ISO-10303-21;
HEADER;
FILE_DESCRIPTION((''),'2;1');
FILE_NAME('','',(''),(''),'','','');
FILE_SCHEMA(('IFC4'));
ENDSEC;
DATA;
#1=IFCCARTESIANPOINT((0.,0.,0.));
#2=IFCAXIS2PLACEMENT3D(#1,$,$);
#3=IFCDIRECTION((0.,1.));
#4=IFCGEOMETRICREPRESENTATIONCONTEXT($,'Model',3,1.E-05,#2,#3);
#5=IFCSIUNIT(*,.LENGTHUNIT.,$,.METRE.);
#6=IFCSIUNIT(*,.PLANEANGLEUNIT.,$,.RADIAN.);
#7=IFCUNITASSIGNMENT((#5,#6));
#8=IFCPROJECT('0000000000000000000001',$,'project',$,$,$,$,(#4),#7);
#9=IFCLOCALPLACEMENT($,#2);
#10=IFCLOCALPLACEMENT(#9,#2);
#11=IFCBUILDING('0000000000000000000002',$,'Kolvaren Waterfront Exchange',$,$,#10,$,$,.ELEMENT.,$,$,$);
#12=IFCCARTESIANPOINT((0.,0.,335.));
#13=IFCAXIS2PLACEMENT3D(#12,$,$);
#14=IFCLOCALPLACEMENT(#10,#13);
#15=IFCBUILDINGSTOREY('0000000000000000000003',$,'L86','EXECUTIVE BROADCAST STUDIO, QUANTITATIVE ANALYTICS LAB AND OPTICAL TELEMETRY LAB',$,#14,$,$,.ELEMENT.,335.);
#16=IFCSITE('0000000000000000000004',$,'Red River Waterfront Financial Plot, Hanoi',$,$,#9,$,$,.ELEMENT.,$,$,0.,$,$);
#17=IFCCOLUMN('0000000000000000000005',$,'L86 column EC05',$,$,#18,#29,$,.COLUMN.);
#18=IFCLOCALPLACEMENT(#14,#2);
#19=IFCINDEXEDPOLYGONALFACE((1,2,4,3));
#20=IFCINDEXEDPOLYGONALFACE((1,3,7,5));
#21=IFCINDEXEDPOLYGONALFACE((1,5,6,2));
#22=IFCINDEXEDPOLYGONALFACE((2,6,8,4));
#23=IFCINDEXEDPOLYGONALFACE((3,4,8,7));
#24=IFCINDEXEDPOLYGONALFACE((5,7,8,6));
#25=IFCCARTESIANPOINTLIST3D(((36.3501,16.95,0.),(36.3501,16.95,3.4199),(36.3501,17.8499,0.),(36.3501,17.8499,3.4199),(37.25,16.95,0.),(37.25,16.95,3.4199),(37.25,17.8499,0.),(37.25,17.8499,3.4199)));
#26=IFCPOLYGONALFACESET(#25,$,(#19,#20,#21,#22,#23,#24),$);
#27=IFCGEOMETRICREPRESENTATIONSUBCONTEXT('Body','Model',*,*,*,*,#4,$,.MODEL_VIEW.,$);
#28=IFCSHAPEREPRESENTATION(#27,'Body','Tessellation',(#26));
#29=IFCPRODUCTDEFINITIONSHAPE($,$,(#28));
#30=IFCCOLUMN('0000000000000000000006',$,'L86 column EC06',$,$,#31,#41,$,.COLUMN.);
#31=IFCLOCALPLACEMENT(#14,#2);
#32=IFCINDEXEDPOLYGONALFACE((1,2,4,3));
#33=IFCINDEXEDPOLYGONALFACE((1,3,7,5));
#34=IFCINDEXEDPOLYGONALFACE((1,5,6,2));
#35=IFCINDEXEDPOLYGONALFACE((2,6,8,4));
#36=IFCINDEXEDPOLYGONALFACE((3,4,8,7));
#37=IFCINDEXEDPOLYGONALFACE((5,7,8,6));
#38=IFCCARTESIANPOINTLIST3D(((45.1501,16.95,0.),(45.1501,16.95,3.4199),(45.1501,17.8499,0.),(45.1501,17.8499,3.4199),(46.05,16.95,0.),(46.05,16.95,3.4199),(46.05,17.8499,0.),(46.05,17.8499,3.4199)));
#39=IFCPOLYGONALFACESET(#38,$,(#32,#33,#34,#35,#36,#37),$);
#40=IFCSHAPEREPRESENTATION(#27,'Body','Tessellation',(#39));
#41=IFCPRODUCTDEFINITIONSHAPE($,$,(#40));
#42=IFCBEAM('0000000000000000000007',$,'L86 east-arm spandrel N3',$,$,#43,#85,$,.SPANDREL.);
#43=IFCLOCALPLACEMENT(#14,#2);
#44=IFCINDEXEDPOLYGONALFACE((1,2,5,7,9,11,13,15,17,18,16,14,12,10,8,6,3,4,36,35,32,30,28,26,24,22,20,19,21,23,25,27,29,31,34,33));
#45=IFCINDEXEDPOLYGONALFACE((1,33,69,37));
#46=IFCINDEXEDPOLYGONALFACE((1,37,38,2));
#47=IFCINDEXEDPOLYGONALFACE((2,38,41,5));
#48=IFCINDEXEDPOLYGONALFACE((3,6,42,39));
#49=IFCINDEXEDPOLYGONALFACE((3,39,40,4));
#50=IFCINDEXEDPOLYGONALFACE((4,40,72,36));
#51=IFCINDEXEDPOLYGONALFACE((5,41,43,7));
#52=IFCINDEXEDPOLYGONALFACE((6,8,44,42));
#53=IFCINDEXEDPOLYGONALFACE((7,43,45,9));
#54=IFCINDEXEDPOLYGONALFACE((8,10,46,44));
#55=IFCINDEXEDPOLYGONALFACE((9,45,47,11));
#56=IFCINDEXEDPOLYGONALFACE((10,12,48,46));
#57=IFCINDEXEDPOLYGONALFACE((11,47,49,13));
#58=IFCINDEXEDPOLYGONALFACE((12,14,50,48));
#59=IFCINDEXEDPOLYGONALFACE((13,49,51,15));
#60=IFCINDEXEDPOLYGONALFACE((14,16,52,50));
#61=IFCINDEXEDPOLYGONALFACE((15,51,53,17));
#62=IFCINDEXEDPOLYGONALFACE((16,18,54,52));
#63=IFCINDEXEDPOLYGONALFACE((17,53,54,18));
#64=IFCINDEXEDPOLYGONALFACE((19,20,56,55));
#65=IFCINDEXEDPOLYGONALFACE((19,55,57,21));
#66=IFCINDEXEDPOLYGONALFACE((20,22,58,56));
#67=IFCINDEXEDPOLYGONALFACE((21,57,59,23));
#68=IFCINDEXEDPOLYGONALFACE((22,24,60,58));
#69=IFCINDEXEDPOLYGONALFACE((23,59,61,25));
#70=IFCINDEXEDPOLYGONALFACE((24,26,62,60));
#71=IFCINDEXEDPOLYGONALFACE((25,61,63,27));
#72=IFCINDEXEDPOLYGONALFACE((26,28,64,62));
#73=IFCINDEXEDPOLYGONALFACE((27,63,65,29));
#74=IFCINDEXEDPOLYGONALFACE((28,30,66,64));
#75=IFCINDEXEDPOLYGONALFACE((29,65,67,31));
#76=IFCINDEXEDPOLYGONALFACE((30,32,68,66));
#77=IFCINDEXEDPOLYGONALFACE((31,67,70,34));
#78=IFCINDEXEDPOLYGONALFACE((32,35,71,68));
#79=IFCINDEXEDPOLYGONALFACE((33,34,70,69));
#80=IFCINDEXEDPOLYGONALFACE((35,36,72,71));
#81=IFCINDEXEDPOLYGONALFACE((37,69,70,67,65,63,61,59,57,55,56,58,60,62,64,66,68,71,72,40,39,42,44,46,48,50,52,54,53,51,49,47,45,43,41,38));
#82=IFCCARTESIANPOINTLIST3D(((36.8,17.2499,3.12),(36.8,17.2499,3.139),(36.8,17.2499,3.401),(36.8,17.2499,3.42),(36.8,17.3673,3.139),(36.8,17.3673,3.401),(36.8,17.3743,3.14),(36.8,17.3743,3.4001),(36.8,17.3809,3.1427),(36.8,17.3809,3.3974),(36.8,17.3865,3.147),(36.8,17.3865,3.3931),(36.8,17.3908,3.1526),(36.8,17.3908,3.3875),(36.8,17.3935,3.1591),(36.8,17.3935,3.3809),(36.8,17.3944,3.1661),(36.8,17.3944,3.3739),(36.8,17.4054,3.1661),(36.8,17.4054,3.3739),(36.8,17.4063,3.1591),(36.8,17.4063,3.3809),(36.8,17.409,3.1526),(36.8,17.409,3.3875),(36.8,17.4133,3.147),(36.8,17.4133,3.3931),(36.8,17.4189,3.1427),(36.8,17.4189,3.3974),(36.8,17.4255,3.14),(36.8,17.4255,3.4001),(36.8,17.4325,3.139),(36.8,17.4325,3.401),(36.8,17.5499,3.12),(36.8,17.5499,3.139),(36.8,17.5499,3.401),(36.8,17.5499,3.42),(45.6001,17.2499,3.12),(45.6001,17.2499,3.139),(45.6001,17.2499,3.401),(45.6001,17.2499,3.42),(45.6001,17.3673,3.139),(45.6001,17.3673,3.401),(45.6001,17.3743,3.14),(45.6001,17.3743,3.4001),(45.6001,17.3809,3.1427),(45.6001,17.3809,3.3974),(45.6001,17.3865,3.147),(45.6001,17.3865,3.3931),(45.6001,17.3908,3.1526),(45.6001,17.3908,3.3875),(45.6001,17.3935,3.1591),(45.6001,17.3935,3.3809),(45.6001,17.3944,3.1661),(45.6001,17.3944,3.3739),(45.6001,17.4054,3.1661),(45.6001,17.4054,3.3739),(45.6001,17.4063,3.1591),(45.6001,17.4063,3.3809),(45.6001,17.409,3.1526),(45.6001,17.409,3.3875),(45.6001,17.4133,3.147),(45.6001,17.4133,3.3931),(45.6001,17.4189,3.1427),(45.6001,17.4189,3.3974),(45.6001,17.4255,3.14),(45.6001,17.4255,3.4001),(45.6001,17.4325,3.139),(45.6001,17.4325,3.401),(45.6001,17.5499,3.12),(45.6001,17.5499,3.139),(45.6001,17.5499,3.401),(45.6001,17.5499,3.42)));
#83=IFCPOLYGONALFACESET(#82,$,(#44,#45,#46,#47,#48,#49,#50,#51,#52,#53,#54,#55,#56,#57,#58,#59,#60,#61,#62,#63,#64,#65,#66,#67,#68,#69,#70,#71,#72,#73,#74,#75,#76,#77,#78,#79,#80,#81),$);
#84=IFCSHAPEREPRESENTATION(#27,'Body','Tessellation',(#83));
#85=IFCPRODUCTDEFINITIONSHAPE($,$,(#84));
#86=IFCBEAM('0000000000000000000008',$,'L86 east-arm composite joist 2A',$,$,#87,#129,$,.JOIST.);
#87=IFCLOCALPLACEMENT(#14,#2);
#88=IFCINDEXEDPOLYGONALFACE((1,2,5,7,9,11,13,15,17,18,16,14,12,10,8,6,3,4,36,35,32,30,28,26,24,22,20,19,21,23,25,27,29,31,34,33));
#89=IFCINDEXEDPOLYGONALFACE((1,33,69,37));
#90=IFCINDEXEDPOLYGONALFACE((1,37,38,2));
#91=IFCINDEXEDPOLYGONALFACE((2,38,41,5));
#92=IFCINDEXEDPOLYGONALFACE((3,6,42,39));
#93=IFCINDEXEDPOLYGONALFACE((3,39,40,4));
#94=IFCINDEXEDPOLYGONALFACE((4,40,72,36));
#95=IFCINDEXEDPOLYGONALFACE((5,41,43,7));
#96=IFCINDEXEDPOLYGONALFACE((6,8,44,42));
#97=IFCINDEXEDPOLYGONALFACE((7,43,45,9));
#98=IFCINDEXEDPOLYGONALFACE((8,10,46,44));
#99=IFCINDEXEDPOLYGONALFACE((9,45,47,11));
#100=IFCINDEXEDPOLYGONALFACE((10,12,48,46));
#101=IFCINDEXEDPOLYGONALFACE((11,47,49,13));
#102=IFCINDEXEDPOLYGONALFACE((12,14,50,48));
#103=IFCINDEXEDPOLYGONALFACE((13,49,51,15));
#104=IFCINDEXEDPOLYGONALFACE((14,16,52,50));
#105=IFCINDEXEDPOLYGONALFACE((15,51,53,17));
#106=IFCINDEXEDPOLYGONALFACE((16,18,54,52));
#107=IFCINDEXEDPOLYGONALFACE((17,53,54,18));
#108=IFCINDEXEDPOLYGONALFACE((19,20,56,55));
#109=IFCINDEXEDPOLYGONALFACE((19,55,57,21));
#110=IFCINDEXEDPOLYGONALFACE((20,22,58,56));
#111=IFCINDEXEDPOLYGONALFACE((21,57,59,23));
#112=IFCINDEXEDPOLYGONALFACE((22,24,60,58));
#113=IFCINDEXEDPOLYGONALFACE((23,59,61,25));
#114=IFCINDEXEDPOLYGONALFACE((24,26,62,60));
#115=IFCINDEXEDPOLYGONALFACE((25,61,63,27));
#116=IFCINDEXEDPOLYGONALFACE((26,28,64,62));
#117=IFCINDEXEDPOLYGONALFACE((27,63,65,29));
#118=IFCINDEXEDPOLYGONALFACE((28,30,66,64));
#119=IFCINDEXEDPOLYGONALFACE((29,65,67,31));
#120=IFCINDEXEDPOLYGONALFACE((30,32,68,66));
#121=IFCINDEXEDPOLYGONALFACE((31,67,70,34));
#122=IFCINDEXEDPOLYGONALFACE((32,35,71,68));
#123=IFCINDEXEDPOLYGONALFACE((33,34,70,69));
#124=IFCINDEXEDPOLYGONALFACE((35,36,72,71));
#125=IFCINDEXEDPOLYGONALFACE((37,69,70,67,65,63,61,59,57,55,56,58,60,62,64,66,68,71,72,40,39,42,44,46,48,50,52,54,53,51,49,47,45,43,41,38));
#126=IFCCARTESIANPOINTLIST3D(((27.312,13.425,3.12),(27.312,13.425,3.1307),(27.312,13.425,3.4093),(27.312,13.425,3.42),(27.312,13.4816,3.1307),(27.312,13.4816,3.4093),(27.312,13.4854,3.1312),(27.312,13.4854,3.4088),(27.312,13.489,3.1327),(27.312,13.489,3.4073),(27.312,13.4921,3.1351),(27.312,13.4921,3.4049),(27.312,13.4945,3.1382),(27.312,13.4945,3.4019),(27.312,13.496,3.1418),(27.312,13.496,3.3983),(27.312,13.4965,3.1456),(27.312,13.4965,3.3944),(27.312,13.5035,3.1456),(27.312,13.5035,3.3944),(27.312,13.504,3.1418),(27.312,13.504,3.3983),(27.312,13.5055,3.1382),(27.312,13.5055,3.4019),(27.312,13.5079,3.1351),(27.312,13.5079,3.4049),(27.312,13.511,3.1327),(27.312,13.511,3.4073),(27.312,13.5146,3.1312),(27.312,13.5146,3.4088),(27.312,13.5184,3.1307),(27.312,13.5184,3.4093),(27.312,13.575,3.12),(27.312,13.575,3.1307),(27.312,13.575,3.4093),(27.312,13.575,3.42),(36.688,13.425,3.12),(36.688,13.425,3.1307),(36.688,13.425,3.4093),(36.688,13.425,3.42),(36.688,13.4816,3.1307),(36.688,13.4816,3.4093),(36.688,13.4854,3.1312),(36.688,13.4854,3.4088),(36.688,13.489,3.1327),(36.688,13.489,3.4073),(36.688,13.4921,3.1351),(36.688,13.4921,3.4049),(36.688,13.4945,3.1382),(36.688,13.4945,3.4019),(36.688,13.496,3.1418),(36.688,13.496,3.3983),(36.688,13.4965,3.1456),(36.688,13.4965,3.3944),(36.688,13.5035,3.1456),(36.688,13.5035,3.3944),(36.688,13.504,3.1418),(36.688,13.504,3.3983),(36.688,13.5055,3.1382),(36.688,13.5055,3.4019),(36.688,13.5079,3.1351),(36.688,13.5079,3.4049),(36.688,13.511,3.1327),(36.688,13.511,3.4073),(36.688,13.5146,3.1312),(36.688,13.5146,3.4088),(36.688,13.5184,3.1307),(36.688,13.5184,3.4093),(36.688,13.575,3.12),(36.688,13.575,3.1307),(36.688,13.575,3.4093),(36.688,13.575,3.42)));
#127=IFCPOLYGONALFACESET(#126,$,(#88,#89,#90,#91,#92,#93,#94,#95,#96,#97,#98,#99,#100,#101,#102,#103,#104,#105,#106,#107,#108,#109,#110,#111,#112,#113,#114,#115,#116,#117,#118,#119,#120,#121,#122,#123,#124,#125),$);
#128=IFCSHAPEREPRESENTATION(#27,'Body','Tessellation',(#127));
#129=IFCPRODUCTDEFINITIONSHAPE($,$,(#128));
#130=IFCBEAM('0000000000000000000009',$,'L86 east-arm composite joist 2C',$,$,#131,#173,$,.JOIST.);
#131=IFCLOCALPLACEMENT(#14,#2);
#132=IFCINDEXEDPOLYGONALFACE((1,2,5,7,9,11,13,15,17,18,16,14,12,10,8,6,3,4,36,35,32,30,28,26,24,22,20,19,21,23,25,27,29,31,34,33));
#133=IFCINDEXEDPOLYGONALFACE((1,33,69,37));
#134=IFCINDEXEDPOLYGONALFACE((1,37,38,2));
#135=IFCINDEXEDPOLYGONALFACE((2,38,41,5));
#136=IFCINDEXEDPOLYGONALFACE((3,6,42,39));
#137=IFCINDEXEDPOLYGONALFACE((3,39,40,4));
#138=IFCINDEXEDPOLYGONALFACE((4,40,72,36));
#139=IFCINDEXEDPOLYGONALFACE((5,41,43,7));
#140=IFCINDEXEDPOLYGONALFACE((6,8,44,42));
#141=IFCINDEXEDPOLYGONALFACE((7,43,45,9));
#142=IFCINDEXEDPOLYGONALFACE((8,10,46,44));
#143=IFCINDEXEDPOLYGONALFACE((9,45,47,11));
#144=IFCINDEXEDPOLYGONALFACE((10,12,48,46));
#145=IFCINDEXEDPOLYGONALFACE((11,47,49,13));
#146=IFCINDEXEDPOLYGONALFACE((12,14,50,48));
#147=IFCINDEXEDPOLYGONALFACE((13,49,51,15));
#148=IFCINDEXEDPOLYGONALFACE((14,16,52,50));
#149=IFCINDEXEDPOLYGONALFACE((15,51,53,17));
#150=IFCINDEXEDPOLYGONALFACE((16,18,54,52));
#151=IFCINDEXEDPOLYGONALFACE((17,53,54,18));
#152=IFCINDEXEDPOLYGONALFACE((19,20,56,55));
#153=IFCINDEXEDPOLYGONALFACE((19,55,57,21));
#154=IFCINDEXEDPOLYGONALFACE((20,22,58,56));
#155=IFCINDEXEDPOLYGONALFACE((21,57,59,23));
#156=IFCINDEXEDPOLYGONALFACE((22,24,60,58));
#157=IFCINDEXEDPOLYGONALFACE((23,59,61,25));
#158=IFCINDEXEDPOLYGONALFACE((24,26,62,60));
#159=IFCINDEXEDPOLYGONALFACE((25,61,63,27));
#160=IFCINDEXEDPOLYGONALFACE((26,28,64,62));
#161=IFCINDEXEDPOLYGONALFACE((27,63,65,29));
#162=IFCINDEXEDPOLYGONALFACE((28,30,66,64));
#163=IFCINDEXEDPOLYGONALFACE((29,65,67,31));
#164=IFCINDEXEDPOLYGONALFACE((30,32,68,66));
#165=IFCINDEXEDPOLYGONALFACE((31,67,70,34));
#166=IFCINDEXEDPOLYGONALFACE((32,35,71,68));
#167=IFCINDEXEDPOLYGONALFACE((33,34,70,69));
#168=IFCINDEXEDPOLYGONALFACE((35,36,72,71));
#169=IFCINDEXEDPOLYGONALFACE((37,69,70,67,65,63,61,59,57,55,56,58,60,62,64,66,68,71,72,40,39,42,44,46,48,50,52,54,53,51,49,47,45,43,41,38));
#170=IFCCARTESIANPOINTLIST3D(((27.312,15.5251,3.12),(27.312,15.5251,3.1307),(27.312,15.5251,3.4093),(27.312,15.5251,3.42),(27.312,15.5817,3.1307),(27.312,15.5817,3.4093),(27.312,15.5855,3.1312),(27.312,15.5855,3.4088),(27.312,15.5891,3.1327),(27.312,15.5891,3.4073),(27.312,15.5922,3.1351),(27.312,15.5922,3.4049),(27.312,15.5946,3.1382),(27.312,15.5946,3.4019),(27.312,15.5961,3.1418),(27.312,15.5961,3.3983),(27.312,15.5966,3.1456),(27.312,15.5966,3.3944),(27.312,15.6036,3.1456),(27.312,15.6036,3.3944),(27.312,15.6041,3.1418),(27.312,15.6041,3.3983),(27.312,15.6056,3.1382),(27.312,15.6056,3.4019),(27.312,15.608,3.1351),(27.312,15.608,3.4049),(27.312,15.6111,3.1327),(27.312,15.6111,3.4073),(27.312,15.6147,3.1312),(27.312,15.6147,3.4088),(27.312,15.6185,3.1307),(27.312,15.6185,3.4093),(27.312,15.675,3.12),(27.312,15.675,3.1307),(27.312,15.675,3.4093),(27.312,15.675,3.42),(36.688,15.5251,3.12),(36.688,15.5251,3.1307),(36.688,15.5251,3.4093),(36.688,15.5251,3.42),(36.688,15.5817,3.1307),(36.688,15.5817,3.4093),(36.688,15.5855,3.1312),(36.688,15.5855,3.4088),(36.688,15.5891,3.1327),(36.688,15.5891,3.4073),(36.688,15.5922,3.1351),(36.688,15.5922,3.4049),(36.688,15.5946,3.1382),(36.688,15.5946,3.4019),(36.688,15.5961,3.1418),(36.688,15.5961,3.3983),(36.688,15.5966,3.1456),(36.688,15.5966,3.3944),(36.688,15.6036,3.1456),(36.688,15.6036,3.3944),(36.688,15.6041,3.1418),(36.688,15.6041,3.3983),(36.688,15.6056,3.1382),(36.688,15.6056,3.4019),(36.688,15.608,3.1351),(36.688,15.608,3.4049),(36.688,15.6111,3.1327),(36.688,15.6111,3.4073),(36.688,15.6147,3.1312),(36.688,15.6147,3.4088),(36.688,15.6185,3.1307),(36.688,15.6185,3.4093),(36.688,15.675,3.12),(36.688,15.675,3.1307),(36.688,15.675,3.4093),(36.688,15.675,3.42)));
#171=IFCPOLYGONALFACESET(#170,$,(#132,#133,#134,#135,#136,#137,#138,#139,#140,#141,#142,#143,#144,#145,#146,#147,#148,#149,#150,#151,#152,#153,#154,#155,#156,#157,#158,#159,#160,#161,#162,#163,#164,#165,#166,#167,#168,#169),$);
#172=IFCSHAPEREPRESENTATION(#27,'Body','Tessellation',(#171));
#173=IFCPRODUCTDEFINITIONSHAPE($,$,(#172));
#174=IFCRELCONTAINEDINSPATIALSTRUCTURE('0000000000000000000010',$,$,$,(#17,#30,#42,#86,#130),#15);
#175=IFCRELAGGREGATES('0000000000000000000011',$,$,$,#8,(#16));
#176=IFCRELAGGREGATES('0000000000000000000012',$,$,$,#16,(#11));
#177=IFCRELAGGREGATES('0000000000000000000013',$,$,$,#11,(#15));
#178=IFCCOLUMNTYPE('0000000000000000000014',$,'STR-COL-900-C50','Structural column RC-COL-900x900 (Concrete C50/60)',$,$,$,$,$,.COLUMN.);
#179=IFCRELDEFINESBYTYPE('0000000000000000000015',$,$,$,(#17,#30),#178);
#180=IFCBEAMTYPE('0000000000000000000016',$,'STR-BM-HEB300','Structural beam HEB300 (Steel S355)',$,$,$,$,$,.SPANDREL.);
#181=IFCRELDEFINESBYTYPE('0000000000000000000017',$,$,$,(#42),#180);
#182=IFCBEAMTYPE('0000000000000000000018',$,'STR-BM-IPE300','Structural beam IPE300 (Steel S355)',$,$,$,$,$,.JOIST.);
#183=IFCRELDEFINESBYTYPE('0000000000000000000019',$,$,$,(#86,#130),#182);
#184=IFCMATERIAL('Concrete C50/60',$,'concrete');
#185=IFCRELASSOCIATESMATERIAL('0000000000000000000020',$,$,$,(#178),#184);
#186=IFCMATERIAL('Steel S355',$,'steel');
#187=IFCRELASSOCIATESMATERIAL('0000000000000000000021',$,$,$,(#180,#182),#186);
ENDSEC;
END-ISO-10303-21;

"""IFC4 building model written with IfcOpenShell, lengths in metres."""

from ifc_helpers import new_model, si_unit, direction, frame, origin, origin_2d, place, context, subcontext, project, spatial, rectangle, i_section, extrude, material, material_profile, profile_set, type_object, element, save


model = new_model("IFC4")

# Units and contexts
model_context = context("Model", 3, precision=1e-05, world=origin(), true_north=direction((0.0, 1.0)))
body_context = subcontext(model_context, "Body", "Model", "MODEL_VIEW")
ifc_project = project(units=[si_unit("LENGTHUNIT", "METRE"), si_unit("PLANEANGLEUNIT", "RADIAN")], contexts=[model_context])

# Site, building, storey
site_placement = place(None, origin())
site = spatial("IfcSite", under=ifc_project, at=site_placement, Name="Red River Waterfront Financial Plot, Hanoi", CompositionType="ELEMENT", RefElevation=0.0)
building_placement = place(site_placement, origin())
building = spatial("IfcBuilding", under=site, at=building_placement, Name="Kolvaren Waterfront Exchange", CompositionType="ELEMENT")
storey_placement = place(building_placement, frame((0.0, 0.0, 335.0)))
storey = spatial("IfcBuildingStorey", under=building, at=storey_placement, Name="L86", Description="EXECUTIVE BROADCAST STUDIO, QUANTITATIVE ANALYTICS LAB AND OPTICAL TELEMETRY LAB", CompositionType="ELEMENT", Elevation=335.0)

# Columns
ifc_material_1 = material(Name="Concrete C50/60", Category="concrete")
ifc_material_profile_1 = material_profile(ifc_material_1, rectangle(XDim=0.8999, YDim=0.8999, at=origin_2d()), Name="RC-COL-900x900")
ifc_profile_set_1 = profile_set([ifc_material_profile_1], Name="Concrete C50/60")
column_type = type_object("IfcColumnType", Name="STR-COL-900-C50", Description="Structural column RC-COL-900x900 (Concrete C50/60)", PredefinedType="COLUMN", material=ifc_profile_set_1)
for number, where, z_axis, x_axis, name in (
    (1, (36.8, 17.3999, 0.0), (0.0, 0.0, 1.0), (1.0, 0.0, 0.0), "L86 column EC05"),
    (2, (45.6001, 17.3999, 0.0), (0.0, 0.0, 1.0), (1.0, 0.0, 0.0), "L86 column EC06"),
):
    element("IfcColumn", number, at=place(storey_placement, frame(where, z_axis=z_axis, x_axis=x_axis)), inside=storey, type_object=column_type, Name=name, PredefinedType="COLUMN", context=body_context, shape_type="SweptSolid", body=[
        extrude(rectangle(XDim=0.8999, YDim=0.8999, at=origin_2d()), origin(), (0.0, 0.0, 1.0), 3.4199),
    ])

# Beams
ifc_material_2 = material(Name="Steel S355", Category="steel")
ifc_material_profile_2 = material_profile(ifc_material_2, i_section(OverallWidth=0.3, OverallDepth=0.3, WebThickness=0.011, FlangeThickness=0.019, FilletRadius=0.0271, at=origin_2d()), Name="HEB300")
ifc_profile_set_2 = profile_set([ifc_material_profile_2], Name="Steel S355")
beam_type_1 = type_object("IfcBeamType", Name="STR-BM-HEB300", Description="Structural beam HEB300 (Steel S355)", PredefinedType="SPANDREL", material=ifc_profile_set_2)
beam_placement = place(storey_placement, frame((36.8, 17.3999, 3.27), z_axis=(1.0, 0.0, 0.0), x_axis=(0.0, 1.0, 0.0)))
element("IfcBeam", 3, at=beam_placement, inside=storey, type_object=beam_type_1, Name="L86 east-arm spandrel N3", PredefinedType="SPANDREL", context=body_context, shape_type="SweptSolid", body=[
    extrude(i_section(OverallWidth=0.3, OverallDepth=0.3, WebThickness=0.011, FlangeThickness=0.019, FilletRadius=0.0271, at=origin_2d()), origin(), (0.0, 0.0, 1.0), 8.8),
])
ifc_material_profile_3 = material_profile(ifc_material_2, i_section(OverallWidth=0.1499, OverallDepth=0.3, WebThickness=0.0071, FlangeThickness=0.0107, FilletRadius=0.0149, at=origin_2d()), Name="IPE300")
ifc_profile_set_3 = profile_set([ifc_material_profile_3], Name="Steel S355")
beam_type_2 = type_object("IfcBeamType", Name="STR-BM-IPE300", Description="Structural beam IPE300 (Steel S355)", PredefinedType="JOIST", material=ifc_profile_set_3)
for number, where, z_axis, x_axis, name in (
    (4, (27.312, 13.5, 3.27), (1.0, 0.0, 0.0), (0.0, 1.0, 0.0), "L86 east-arm composite joist 2A"),
    (5, (27.312, 15.6001, 3.27), (1.0, 0.0, 0.0), (0.0, 1.0, 0.0), "L86 east-arm composite joist 2C"),
):
    element("IfcBeam", number, at=place(storey_placement, frame(where, z_axis=z_axis, x_axis=x_axis)), inside=storey, type_object=beam_type_2, Name=name, PredefinedType="JOIST", context=body_context, shape_type="SweptSolid", body=[
        extrude(i_section(OverallWidth=0.1499, OverallDepth=0.3, WebThickness=0.0071, FlangeThickness=0.0107, FilletRadius=0.0149, at=origin_2d()), origin(), (0.0, 0.0, 1.0), 9.376),
    ])

save(model, "model.ifc")
